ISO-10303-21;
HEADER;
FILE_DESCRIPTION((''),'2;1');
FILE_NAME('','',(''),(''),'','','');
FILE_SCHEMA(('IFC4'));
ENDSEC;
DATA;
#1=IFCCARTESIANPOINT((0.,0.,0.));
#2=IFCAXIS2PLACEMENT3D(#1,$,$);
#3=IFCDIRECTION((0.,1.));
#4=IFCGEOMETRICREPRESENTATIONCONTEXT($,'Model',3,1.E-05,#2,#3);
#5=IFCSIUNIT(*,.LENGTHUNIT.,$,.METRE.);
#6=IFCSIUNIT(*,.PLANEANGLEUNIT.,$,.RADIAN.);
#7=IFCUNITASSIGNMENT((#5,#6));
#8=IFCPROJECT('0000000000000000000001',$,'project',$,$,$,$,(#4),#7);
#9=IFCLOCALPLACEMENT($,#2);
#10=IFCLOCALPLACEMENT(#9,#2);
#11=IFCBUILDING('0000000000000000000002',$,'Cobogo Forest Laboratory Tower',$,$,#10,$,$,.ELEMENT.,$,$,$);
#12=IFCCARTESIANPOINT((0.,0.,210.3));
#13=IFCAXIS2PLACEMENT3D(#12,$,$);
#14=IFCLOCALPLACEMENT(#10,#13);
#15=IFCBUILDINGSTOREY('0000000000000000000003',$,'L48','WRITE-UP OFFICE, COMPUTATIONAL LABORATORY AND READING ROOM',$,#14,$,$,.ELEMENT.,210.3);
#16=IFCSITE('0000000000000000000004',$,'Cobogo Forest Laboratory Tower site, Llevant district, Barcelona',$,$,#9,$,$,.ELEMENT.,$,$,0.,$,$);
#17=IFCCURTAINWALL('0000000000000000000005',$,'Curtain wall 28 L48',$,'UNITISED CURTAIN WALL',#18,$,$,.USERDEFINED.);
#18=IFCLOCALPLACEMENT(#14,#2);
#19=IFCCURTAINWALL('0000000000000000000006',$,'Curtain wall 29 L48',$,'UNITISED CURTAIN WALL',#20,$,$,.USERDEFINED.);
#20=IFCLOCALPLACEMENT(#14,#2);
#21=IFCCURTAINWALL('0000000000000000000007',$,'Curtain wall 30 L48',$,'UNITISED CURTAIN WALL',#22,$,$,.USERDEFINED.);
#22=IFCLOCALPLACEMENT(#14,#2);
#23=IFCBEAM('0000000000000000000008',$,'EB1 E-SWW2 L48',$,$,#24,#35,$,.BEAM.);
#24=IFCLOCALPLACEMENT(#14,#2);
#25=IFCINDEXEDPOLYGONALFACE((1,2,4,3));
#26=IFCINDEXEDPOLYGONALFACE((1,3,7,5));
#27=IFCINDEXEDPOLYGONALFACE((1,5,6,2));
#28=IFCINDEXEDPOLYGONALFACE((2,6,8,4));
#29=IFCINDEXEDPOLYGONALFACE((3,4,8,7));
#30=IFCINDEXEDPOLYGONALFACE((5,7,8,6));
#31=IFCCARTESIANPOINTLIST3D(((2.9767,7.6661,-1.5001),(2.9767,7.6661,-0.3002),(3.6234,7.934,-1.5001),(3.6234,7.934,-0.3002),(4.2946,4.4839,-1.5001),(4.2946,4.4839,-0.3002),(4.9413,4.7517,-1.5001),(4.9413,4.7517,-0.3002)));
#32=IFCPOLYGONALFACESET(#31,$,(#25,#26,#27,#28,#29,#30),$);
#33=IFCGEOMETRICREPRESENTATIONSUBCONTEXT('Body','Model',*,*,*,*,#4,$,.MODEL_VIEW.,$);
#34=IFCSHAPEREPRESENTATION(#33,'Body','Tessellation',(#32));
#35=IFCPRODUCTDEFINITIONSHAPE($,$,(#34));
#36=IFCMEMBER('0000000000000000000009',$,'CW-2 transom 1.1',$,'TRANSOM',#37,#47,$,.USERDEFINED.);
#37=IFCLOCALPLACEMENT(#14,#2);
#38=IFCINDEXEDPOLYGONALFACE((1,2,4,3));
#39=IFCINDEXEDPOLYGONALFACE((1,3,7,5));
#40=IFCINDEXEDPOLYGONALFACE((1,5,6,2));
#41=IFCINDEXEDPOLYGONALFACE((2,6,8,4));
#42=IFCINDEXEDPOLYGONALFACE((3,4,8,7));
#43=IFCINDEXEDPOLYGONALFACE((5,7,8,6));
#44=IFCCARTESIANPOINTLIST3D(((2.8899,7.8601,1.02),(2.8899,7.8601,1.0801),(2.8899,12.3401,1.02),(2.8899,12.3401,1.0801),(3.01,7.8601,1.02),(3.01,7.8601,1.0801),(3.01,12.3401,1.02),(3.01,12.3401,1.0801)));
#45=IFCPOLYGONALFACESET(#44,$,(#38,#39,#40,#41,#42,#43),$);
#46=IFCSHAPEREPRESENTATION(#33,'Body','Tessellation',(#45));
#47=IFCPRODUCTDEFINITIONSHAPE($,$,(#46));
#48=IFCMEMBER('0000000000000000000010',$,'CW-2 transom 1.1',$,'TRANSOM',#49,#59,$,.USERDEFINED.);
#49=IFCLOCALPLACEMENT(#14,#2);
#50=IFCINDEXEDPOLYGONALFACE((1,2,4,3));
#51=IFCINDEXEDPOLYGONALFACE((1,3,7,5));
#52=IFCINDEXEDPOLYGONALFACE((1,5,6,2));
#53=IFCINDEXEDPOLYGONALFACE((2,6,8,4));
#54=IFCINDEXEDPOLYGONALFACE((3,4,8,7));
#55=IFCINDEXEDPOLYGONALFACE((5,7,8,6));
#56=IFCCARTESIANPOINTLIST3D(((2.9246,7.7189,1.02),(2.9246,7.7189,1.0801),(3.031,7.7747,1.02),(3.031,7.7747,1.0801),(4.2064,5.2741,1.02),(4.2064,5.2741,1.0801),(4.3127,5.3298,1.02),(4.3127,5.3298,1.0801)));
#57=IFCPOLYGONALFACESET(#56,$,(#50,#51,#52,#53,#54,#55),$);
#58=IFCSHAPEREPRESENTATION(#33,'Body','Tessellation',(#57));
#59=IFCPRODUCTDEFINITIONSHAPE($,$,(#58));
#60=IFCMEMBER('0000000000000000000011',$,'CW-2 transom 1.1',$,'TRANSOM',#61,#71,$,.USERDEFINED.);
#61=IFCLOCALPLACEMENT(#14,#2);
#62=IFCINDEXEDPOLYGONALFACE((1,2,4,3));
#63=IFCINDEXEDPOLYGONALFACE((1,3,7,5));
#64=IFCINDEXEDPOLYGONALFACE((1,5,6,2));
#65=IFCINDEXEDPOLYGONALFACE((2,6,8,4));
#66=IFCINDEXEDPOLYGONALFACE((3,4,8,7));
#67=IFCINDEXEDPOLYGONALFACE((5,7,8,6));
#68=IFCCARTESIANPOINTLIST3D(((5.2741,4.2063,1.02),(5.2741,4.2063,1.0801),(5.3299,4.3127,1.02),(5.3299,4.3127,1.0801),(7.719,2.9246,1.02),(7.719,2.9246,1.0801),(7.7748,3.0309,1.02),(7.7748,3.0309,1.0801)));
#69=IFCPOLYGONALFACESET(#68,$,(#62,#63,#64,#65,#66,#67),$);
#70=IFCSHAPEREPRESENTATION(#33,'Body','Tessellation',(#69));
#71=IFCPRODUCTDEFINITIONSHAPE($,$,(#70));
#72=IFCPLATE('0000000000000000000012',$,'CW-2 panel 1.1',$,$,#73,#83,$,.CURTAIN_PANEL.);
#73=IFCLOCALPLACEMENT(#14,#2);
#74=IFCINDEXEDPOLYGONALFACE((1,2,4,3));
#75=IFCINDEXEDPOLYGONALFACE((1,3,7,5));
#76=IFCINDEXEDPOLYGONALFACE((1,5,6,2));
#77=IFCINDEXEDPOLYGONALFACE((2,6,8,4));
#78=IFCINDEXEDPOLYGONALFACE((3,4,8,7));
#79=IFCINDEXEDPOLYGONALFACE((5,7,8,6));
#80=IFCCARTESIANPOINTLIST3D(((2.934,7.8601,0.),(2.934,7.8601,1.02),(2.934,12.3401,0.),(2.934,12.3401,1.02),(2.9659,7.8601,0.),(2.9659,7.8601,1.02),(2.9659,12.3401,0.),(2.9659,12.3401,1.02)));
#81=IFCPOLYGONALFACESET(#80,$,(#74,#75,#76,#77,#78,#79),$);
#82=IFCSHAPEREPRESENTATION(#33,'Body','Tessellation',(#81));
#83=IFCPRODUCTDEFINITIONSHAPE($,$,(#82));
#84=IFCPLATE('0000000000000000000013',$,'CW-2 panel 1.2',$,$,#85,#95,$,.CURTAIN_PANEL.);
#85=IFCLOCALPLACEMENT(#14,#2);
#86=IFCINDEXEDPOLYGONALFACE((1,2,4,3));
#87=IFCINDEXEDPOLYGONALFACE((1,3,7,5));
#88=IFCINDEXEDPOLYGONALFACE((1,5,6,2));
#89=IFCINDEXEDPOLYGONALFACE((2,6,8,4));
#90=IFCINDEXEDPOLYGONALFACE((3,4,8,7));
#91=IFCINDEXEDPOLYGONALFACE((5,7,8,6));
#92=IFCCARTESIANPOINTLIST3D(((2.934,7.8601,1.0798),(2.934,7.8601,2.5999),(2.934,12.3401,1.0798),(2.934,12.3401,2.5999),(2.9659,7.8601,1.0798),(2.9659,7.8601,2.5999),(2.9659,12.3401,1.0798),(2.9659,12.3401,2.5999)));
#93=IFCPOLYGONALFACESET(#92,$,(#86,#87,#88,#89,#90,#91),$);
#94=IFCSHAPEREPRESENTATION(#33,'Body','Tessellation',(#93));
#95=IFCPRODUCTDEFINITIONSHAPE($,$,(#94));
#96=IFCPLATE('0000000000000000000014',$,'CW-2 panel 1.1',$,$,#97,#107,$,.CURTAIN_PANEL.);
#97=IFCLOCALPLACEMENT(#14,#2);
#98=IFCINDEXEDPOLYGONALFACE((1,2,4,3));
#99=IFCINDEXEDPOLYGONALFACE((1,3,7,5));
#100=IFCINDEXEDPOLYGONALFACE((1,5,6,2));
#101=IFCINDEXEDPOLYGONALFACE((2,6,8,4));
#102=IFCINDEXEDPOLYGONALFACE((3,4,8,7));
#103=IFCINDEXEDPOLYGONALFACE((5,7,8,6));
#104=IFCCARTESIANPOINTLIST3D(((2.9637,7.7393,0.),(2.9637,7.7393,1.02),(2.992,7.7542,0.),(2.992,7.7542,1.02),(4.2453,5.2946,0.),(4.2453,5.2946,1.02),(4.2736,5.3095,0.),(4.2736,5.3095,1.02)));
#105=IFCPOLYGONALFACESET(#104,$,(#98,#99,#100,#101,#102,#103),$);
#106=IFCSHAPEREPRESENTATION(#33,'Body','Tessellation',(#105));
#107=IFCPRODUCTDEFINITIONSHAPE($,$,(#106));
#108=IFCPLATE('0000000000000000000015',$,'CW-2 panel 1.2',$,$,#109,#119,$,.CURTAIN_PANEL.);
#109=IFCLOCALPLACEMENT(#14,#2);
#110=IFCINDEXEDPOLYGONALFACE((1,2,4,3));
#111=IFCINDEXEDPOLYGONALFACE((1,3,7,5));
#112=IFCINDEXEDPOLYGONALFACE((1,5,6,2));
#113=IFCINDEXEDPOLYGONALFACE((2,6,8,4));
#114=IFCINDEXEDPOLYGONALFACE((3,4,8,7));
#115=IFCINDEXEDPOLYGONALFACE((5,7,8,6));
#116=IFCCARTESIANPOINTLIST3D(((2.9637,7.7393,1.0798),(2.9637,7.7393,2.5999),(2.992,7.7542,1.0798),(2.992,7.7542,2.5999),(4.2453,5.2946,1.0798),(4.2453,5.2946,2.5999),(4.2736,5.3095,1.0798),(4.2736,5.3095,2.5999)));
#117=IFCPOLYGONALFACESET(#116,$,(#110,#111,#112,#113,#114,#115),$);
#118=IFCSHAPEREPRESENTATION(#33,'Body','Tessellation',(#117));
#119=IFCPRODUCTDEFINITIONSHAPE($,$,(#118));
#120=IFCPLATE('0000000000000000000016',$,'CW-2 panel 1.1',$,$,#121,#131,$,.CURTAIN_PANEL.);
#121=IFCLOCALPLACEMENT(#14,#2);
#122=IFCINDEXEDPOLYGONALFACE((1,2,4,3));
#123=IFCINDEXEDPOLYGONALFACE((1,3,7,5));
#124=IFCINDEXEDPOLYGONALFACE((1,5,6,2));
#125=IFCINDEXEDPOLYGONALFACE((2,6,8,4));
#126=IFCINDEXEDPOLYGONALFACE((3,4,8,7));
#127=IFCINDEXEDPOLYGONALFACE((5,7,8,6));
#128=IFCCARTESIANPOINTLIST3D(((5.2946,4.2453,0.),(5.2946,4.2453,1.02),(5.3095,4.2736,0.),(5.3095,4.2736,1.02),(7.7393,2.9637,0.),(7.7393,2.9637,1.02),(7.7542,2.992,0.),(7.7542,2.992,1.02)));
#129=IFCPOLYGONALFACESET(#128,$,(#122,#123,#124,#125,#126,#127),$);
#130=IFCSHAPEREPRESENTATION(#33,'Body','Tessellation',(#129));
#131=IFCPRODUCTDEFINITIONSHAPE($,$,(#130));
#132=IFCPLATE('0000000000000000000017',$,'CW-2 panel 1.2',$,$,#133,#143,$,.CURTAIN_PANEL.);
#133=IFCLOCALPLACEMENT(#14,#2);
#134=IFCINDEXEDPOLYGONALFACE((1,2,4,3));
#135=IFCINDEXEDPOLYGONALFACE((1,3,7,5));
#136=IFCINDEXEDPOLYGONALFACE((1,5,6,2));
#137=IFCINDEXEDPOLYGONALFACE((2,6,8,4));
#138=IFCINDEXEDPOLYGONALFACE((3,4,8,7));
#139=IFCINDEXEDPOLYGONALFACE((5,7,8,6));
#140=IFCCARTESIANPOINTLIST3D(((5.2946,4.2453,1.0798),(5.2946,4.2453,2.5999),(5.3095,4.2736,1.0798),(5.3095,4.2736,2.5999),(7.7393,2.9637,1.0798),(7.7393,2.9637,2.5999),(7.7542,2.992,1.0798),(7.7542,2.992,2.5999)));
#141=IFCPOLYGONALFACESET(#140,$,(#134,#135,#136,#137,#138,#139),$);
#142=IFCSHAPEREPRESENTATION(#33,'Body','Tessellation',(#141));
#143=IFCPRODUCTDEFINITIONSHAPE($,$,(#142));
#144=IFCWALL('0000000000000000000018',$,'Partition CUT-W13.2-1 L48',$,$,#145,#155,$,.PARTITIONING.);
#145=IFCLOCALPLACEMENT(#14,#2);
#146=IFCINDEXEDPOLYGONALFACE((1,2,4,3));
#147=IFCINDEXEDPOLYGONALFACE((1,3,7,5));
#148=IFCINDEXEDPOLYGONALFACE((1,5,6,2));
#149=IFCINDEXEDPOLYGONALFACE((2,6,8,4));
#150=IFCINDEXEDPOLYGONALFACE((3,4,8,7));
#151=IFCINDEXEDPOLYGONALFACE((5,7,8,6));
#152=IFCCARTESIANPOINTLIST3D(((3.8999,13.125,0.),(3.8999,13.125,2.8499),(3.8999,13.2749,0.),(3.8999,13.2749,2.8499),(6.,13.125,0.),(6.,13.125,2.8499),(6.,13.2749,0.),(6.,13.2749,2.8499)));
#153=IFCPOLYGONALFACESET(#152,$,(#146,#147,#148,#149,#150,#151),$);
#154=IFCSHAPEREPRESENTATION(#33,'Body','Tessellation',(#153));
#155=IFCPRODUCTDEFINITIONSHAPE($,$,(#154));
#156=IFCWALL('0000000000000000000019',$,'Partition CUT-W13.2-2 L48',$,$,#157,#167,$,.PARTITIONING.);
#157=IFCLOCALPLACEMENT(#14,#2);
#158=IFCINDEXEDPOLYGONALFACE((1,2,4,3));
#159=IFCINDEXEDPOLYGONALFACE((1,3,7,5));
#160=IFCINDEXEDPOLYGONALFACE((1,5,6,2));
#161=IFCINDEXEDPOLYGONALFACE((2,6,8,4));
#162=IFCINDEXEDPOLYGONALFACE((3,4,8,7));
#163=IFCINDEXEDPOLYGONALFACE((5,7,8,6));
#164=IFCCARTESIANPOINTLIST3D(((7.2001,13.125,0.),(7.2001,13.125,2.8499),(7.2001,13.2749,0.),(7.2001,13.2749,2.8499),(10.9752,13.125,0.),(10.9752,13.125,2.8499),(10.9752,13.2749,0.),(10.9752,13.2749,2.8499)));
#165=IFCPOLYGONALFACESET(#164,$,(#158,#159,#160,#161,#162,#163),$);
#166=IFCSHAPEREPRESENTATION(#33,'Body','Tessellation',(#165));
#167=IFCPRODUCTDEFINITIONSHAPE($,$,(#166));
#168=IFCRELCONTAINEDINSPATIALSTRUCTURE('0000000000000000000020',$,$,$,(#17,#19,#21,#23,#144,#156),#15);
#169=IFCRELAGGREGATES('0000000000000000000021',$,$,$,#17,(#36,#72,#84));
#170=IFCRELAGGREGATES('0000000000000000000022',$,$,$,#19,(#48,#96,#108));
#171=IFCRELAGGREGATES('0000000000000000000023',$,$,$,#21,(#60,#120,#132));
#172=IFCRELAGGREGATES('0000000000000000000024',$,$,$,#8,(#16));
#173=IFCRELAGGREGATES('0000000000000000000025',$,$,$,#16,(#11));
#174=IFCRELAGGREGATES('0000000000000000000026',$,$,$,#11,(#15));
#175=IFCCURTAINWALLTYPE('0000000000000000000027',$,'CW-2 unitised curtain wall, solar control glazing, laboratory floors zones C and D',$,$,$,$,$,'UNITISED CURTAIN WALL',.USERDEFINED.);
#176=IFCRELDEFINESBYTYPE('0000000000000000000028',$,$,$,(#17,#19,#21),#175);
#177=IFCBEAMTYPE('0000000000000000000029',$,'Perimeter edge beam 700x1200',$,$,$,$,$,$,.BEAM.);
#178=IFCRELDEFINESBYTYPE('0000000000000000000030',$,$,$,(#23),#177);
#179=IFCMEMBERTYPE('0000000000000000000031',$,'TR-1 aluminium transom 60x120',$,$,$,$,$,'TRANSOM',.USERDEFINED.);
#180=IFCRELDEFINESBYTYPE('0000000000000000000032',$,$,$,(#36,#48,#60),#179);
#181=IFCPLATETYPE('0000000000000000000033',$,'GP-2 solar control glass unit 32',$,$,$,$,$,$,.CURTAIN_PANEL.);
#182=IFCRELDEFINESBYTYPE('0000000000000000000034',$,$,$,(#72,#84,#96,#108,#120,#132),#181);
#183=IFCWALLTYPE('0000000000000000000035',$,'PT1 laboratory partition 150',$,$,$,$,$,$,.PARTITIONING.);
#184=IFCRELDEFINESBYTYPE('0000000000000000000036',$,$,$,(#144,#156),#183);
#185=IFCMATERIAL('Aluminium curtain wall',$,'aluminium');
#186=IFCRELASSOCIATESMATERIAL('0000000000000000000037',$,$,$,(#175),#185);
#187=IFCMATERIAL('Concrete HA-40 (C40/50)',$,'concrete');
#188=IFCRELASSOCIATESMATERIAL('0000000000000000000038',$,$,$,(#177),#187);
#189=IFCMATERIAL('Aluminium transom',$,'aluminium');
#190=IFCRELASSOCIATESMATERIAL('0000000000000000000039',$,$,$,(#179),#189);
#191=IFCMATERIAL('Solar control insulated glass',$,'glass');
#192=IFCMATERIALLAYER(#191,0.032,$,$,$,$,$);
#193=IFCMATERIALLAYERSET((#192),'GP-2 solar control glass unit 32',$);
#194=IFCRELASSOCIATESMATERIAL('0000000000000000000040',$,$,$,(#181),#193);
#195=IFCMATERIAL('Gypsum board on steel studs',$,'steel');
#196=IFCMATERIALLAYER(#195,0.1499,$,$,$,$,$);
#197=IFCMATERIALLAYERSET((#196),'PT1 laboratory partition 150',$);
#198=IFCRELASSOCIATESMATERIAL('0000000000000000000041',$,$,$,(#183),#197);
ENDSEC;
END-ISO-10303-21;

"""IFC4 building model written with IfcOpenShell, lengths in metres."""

from ifc_helpers import new_model, si_unit, direction, frame, frame_2d, origin, origin_2d, place, context, subcontext, project, spatial, rectangle, extrude, material, layer, layer_set, material_profile, profile_set, type_object, element, aggregate, save


model = new_model("IFC4")

# Units and contexts
model_context = context("Model", 3, precision=1e-05, world=origin(), true_north=direction((0.0, 1.0)))
body_context = subcontext(model_context, "Body", "Model", "MODEL_VIEW")
ifc_project = project(units=[si_unit("LENGTHUNIT", "METRE"), si_unit("PLANEANGLEUNIT", "RADIAN")], contexts=[model_context])

# Site, building, storey
site_placement = place(None, origin())
site = spatial("IfcSite", under=ifc_project, at=site_placement, Name="Cobogo Forest Laboratory Tower site, Llevant district, Barcelona", CompositionType="ELEMENT", RefElevation=0.0)
building_placement = place(site_placement, origin())
building = spatial("IfcBuilding", under=site, at=building_placement, Name="Cobogo Forest Laboratory Tower", CompositionType="ELEMENT")
storey_placement = place(building_placement, frame((0.0, 0.0, 210.3)))
storey = spatial("IfcBuildingStorey", under=building, at=storey_placement, Name="L48", Description="WRITE-UP OFFICE, COMPUTATIONAL LABORATORY AND READING ROOM", CompositionType="ELEMENT", Elevation=210.3)

# Curtain walls
ifc_material_1 = material(Name="Aluminium curtain wall", Category="aluminium")
curtain_wall_type = type_object("IfcCurtainWallType", Name="CW-2 unitised curtain wall, solar control glazing, laboratory floors zones C and D", ElementType="UNITISED CURTAIN WALL", PredefinedType="USERDEFINED", material=ifc_material_1)
curtain_wall_1_placement = place(storey_placement, origin())
curtain_wall_1 = element("IfcCurtainWall", 1, at=curtain_wall_1_placement, inside=storey, type_object=curtain_wall_type, Name="Curtain wall 28 L48", ObjectType="UNITISED CURTAIN WALL", PredefinedType="USERDEFINED")
curtain_wall_2_placement = place(storey_placement, origin())
curtain_wall_2 = element("IfcCurtainWall", 2, at=curtain_wall_2_placement, inside=storey, type_object=curtain_wall_type, Name="Curtain wall 29 L48", ObjectType="UNITISED CURTAIN WALL", PredefinedType="USERDEFINED")

# Curtain wall
curtain_wall_3_placement = place(storey_placement, origin())
curtain_wall_3 = element("IfcCurtainWall", 3, at=curtain_wall_3_placement, inside=storey, type_object=curtain_wall_type, Name="Curtain wall 30 L48", ObjectType="UNITISED CURTAIN WALL", PredefinedType="USERDEFINED")

# Beam
ifc_material_2 = material(Name="Concrete HA-40 (C40/50)", Category="concrete")
ifc_material_profile_1 = material_profile(ifc_material_2, rectangle(XDim=0.7, YDim=1.2, at=origin_2d()), Name="RC 700x1200")
ifc_profile_set_1 = profile_set([ifc_material_profile_1], Name="Concrete HA-40 (C40/50)")
beam_type_1 = type_object("IfcBeamType", Name="Perimeter edge beam 700x1200", PredefinedType="BEAM", material=ifc_profile_set_1)
beam_1_placement = place(storey_placement, frame((3.3, 7.8, -0.9001), z_axis=(0.382631, -0.923901, 0.0), x_axis=(0.923901, 0.382631, 0.0)))
element("IfcBeam", 4, at=beam_1_placement, inside=storey, type_object=beam_type_1, Name="EB1 E-SWW2 L48", PredefinedType="BEAM", context=body_context, shape_type="SweptSolid", body=[
    extrude(rectangle(XDim=0.7, YDim=1.2, at=origin_2d()), origin(), (0.0, 0.0, 1.0), 3.4443),
])

# Members
ifc_material_3 = material(Name="Aluminium transom", Category="aluminium")
ifc_material_profile_2 = material_profile(ifc_material_3, rectangle(XDim=0.1201, YDim=0.0601, at=origin_2d()), Name="AL 60x120")
ifc_profile_set_2 = profile_set([ifc_material_profile_2], Name="Aluminium transom")
member_type_1 = type_object("IfcMemberType", Name="TR-1 aluminium transom 60x120", ElementType="TRANSOM", PredefinedType="USERDEFINED", material=ifc_profile_set_2)
member_1_placement = place(storey_placement, frame((2.95, 12.3401, 1.05), z_axis=(0.0, -1.0, 0.0), x_axis=(1.0, 0.0, 0.0)))
member_1 = element("IfcMember", 5, at=member_1_placement, type_object=member_type_1, Name="CW-2 transom 1.1", ObjectType="TRANSOM", PredefinedType="USERDEFINED", context=body_context, shape_type="SweptSolid", body=[
    extrude(rectangle(XDim=0.1201, YDim=0.0601, at=origin_2d()), origin(), (0.0, 0.0, 1.0), 4.48),
])
member_2_placement = place(storey_placement, frame((2.9778, 7.7468, 1.05), z_axis=(0.464324, -0.885665, 0.0), x_axis=(0.885665, 0.464324, 0.0)))
member_2 = element("IfcMember", 6, at=member_2_placement, type_object=member_type_1, Name="CW-2 transom 1.1", ObjectType="TRANSOM", PredefinedType="USERDEFINED", context=body_context, shape_type="SweptSolid", body=[
    extrude(rectangle(XDim=0.1201, YDim=0.0601, at=origin_2d()), origin(), (0.0, 0.0, 1.0), 2.7605),
])
member_3_placement = place(storey_placement, frame((5.302, 4.2595, 1.05), z_axis=(0.885665, -0.464324, 0.0), x_axis=(0.464324, 0.885665, 0.0)))
member_3 = element("IfcMember", 7, at=member_3_placement, type_object=member_type_1, Name="CW-2 transom 1.1", ObjectType="TRANSOM", PredefinedType="USERDEFINED", context=body_context, shape_type="SweptSolid", body=[
    extrude(rectangle(XDim=0.1201, YDim=0.0601, at=origin_2d()), origin(), (0.0, 0.0, 1.0), 2.7605),
])

# Plates
ifc_material_4 = material(Name="Solar control insulated glass", Category="glass")
ifc_layer_1 = layer(ifc_material_4, 0.032)
ifc_layer_set_1 = layer_set([ifc_layer_1], Name="GP-2 solar control glass unit 32")
plate_type = type_object("IfcPlateType", Name="GP-2 solar control glass unit 32", PredefinedType="CURTAIN_PANEL", material=ifc_layer_set_1)
plate_1_placement = place(storey_placement, frame((2.95, 10.1001, 0.0), z_axis=(0.0, 0.0, 1.0), x_axis=(0.0, -1.0, 0.0)))
plate_1 = element("IfcPlate", 8, at=plate_1_placement, type_object=plate_type, Name="CW-2 panel 1.1", PredefinedType="CURTAIN_PANEL", context=body_context, shape_type="SweptSolid", body=[
    extrude(rectangle(XDim=4.48, YDim=0.032, at=origin_2d()), origin(), (0.0, 0.0, 1.0), 1.02),
])
plate_2_placement = place(storey_placement, frame((2.95, 10.1001, 1.0798), z_axis=(0.0, 0.0, 1.0), x_axis=(0.0, -1.0, 0.0)))
plate_2 = element("IfcPlate", 9, at=plate_2_placement, type_object=plate_type, Name="CW-2 panel 1.2", PredefinedType="CURTAIN_PANEL", context=body_context, shape_type="SweptSolid", body=[
    extrude(rectangle(XDim=4.48, YDim=0.032, at=origin_2d()), origin(), (0.0, 0.0, 1.0), 1.52),
])
aggregate(curtain_wall_1, [member_1, plate_1, plate_2])
plate_3_placement = place(storey_placement, frame((3.6187, 6.5244, 0.0), z_axis=(0.0, 0.0, 1.0), x_axis=(0.464284, -0.885686, 0.0)))
plate_3 = element("IfcPlate", 10, at=plate_3_placement, type_object=plate_type, Name="CW-2 panel 1.1", PredefinedType="CURTAIN_PANEL", context=body_context, shape_type="SweptSolid", body=[
    extrude(rectangle(XDim=2.7603, YDim=0.032, at=origin_2d()), origin(), (0.0, 0.0, 1.0), 1.02),
])
plate_4_placement = place(storey_placement, frame((3.6187, 6.5244, 1.0798), z_axis=(0.0, 0.0, 1.0), x_axis=(0.464284, -0.885686, 0.0)))
plate_4 = element("IfcPlate", 11, at=plate_4_placement, type_object=plate_type, Name="CW-2 panel 1.2", PredefinedType="CURTAIN_PANEL", context=body_context, shape_type="SweptSolid", body=[
    extrude(rectangle(XDim=2.7603, YDim=0.032, at=origin_2d()), origin(), (0.0, 0.0, 1.0), 1.52),
])
aggregate(curtain_wall_2, [member_2, plate_3, plate_4])
plate_5_placement = place(storey_placement, frame((6.5244, 3.6187, 0.0), z_axis=(0.0, 0.0, 1.0), x_axis=(0.885686, -0.464284, 0.0)))
plate_5 = element("IfcPlate", 12, at=plate_5_placement, type_object=plate_type, Name="CW-2 panel 1.1", PredefinedType="CURTAIN_PANEL", context=body_context, shape_type="SweptSolid", body=[
    extrude(rectangle(XDim=2.7603, YDim=0.032, at=origin_2d()), origin(), (0.0, 0.0, 1.0), 1.02),
])
plate_6_placement = place(storey_placement, frame((6.5244, 3.6187, 1.0798), z_axis=(0.0, 0.0, 1.0), x_axis=(0.885686, -0.464284, 0.0)))
plate_6 = element("IfcPlate", 13, at=plate_6_placement, type_object=plate_type, Name="CW-2 panel 1.2", PredefinedType="CURTAIN_PANEL", context=body_context, shape_type="SweptSolid", body=[
    extrude(rectangle(XDim=2.7603, YDim=0.032, at=origin_2d()), origin(), (0.0, 0.0, 1.0), 1.52),
])
aggregate(curtain_wall_3, [member_3, plate_5, plate_6])

# Walls
ifc_material_5 = material(Name="Gypsum board on steel studs", Category="steel")
ifc_layer_2 = layer(ifc_material_5, 0.1499)
ifc_layer_set_2 = layer_set([ifc_layer_2], Name="PT1 laboratory partition 150")
wall_type = type_object("IfcWallType", Name="PT1 laboratory partition 150", PredefinedType="PARTITIONING", material=ifc_layer_set_2)
wall_1_placement = place(storey_placement, frame((3.8999, 13.2, 0.0), z_axis=(0.0, 0.0, 1.0), x_axis=(1.0, 0.0, 0.0)))
element("IfcWall", 14, at=wall_1_placement, inside=storey, type_object=wall_type, Name="Partition CUT-W13.2-1 L48", PredefinedType="PARTITIONING", context=body_context, shape_type="SweptSolid", body=[
    extrude(rectangle(XDim=2.1001, YDim=0.1499, at=frame_2d((1.05, 0.0))), origin(), (0.0, 0.0, 1.0), 2.8499),
])
wall_2_placement = place(storey_placement, frame((7.2, 13.2, 0.0), z_axis=(0.0, 0.0, 1.0), x_axis=(1.0, 0.0, 0.0)))
element("IfcWall", 15, at=wall_2_placement, inside=storey, type_object=wall_type, Name="Partition CUT-W13.2-2 L48", PredefinedType="PARTITIONING", context=body_context, shape_type="SweptSolid", body=[
    extrude(rectangle(XDim=3.7751, YDim=0.1499, at=frame_2d((1.8877, 0.0))), origin(), (0.0, 0.0, 1.0), 2.8499),
])

save(model, "model.ifc")
